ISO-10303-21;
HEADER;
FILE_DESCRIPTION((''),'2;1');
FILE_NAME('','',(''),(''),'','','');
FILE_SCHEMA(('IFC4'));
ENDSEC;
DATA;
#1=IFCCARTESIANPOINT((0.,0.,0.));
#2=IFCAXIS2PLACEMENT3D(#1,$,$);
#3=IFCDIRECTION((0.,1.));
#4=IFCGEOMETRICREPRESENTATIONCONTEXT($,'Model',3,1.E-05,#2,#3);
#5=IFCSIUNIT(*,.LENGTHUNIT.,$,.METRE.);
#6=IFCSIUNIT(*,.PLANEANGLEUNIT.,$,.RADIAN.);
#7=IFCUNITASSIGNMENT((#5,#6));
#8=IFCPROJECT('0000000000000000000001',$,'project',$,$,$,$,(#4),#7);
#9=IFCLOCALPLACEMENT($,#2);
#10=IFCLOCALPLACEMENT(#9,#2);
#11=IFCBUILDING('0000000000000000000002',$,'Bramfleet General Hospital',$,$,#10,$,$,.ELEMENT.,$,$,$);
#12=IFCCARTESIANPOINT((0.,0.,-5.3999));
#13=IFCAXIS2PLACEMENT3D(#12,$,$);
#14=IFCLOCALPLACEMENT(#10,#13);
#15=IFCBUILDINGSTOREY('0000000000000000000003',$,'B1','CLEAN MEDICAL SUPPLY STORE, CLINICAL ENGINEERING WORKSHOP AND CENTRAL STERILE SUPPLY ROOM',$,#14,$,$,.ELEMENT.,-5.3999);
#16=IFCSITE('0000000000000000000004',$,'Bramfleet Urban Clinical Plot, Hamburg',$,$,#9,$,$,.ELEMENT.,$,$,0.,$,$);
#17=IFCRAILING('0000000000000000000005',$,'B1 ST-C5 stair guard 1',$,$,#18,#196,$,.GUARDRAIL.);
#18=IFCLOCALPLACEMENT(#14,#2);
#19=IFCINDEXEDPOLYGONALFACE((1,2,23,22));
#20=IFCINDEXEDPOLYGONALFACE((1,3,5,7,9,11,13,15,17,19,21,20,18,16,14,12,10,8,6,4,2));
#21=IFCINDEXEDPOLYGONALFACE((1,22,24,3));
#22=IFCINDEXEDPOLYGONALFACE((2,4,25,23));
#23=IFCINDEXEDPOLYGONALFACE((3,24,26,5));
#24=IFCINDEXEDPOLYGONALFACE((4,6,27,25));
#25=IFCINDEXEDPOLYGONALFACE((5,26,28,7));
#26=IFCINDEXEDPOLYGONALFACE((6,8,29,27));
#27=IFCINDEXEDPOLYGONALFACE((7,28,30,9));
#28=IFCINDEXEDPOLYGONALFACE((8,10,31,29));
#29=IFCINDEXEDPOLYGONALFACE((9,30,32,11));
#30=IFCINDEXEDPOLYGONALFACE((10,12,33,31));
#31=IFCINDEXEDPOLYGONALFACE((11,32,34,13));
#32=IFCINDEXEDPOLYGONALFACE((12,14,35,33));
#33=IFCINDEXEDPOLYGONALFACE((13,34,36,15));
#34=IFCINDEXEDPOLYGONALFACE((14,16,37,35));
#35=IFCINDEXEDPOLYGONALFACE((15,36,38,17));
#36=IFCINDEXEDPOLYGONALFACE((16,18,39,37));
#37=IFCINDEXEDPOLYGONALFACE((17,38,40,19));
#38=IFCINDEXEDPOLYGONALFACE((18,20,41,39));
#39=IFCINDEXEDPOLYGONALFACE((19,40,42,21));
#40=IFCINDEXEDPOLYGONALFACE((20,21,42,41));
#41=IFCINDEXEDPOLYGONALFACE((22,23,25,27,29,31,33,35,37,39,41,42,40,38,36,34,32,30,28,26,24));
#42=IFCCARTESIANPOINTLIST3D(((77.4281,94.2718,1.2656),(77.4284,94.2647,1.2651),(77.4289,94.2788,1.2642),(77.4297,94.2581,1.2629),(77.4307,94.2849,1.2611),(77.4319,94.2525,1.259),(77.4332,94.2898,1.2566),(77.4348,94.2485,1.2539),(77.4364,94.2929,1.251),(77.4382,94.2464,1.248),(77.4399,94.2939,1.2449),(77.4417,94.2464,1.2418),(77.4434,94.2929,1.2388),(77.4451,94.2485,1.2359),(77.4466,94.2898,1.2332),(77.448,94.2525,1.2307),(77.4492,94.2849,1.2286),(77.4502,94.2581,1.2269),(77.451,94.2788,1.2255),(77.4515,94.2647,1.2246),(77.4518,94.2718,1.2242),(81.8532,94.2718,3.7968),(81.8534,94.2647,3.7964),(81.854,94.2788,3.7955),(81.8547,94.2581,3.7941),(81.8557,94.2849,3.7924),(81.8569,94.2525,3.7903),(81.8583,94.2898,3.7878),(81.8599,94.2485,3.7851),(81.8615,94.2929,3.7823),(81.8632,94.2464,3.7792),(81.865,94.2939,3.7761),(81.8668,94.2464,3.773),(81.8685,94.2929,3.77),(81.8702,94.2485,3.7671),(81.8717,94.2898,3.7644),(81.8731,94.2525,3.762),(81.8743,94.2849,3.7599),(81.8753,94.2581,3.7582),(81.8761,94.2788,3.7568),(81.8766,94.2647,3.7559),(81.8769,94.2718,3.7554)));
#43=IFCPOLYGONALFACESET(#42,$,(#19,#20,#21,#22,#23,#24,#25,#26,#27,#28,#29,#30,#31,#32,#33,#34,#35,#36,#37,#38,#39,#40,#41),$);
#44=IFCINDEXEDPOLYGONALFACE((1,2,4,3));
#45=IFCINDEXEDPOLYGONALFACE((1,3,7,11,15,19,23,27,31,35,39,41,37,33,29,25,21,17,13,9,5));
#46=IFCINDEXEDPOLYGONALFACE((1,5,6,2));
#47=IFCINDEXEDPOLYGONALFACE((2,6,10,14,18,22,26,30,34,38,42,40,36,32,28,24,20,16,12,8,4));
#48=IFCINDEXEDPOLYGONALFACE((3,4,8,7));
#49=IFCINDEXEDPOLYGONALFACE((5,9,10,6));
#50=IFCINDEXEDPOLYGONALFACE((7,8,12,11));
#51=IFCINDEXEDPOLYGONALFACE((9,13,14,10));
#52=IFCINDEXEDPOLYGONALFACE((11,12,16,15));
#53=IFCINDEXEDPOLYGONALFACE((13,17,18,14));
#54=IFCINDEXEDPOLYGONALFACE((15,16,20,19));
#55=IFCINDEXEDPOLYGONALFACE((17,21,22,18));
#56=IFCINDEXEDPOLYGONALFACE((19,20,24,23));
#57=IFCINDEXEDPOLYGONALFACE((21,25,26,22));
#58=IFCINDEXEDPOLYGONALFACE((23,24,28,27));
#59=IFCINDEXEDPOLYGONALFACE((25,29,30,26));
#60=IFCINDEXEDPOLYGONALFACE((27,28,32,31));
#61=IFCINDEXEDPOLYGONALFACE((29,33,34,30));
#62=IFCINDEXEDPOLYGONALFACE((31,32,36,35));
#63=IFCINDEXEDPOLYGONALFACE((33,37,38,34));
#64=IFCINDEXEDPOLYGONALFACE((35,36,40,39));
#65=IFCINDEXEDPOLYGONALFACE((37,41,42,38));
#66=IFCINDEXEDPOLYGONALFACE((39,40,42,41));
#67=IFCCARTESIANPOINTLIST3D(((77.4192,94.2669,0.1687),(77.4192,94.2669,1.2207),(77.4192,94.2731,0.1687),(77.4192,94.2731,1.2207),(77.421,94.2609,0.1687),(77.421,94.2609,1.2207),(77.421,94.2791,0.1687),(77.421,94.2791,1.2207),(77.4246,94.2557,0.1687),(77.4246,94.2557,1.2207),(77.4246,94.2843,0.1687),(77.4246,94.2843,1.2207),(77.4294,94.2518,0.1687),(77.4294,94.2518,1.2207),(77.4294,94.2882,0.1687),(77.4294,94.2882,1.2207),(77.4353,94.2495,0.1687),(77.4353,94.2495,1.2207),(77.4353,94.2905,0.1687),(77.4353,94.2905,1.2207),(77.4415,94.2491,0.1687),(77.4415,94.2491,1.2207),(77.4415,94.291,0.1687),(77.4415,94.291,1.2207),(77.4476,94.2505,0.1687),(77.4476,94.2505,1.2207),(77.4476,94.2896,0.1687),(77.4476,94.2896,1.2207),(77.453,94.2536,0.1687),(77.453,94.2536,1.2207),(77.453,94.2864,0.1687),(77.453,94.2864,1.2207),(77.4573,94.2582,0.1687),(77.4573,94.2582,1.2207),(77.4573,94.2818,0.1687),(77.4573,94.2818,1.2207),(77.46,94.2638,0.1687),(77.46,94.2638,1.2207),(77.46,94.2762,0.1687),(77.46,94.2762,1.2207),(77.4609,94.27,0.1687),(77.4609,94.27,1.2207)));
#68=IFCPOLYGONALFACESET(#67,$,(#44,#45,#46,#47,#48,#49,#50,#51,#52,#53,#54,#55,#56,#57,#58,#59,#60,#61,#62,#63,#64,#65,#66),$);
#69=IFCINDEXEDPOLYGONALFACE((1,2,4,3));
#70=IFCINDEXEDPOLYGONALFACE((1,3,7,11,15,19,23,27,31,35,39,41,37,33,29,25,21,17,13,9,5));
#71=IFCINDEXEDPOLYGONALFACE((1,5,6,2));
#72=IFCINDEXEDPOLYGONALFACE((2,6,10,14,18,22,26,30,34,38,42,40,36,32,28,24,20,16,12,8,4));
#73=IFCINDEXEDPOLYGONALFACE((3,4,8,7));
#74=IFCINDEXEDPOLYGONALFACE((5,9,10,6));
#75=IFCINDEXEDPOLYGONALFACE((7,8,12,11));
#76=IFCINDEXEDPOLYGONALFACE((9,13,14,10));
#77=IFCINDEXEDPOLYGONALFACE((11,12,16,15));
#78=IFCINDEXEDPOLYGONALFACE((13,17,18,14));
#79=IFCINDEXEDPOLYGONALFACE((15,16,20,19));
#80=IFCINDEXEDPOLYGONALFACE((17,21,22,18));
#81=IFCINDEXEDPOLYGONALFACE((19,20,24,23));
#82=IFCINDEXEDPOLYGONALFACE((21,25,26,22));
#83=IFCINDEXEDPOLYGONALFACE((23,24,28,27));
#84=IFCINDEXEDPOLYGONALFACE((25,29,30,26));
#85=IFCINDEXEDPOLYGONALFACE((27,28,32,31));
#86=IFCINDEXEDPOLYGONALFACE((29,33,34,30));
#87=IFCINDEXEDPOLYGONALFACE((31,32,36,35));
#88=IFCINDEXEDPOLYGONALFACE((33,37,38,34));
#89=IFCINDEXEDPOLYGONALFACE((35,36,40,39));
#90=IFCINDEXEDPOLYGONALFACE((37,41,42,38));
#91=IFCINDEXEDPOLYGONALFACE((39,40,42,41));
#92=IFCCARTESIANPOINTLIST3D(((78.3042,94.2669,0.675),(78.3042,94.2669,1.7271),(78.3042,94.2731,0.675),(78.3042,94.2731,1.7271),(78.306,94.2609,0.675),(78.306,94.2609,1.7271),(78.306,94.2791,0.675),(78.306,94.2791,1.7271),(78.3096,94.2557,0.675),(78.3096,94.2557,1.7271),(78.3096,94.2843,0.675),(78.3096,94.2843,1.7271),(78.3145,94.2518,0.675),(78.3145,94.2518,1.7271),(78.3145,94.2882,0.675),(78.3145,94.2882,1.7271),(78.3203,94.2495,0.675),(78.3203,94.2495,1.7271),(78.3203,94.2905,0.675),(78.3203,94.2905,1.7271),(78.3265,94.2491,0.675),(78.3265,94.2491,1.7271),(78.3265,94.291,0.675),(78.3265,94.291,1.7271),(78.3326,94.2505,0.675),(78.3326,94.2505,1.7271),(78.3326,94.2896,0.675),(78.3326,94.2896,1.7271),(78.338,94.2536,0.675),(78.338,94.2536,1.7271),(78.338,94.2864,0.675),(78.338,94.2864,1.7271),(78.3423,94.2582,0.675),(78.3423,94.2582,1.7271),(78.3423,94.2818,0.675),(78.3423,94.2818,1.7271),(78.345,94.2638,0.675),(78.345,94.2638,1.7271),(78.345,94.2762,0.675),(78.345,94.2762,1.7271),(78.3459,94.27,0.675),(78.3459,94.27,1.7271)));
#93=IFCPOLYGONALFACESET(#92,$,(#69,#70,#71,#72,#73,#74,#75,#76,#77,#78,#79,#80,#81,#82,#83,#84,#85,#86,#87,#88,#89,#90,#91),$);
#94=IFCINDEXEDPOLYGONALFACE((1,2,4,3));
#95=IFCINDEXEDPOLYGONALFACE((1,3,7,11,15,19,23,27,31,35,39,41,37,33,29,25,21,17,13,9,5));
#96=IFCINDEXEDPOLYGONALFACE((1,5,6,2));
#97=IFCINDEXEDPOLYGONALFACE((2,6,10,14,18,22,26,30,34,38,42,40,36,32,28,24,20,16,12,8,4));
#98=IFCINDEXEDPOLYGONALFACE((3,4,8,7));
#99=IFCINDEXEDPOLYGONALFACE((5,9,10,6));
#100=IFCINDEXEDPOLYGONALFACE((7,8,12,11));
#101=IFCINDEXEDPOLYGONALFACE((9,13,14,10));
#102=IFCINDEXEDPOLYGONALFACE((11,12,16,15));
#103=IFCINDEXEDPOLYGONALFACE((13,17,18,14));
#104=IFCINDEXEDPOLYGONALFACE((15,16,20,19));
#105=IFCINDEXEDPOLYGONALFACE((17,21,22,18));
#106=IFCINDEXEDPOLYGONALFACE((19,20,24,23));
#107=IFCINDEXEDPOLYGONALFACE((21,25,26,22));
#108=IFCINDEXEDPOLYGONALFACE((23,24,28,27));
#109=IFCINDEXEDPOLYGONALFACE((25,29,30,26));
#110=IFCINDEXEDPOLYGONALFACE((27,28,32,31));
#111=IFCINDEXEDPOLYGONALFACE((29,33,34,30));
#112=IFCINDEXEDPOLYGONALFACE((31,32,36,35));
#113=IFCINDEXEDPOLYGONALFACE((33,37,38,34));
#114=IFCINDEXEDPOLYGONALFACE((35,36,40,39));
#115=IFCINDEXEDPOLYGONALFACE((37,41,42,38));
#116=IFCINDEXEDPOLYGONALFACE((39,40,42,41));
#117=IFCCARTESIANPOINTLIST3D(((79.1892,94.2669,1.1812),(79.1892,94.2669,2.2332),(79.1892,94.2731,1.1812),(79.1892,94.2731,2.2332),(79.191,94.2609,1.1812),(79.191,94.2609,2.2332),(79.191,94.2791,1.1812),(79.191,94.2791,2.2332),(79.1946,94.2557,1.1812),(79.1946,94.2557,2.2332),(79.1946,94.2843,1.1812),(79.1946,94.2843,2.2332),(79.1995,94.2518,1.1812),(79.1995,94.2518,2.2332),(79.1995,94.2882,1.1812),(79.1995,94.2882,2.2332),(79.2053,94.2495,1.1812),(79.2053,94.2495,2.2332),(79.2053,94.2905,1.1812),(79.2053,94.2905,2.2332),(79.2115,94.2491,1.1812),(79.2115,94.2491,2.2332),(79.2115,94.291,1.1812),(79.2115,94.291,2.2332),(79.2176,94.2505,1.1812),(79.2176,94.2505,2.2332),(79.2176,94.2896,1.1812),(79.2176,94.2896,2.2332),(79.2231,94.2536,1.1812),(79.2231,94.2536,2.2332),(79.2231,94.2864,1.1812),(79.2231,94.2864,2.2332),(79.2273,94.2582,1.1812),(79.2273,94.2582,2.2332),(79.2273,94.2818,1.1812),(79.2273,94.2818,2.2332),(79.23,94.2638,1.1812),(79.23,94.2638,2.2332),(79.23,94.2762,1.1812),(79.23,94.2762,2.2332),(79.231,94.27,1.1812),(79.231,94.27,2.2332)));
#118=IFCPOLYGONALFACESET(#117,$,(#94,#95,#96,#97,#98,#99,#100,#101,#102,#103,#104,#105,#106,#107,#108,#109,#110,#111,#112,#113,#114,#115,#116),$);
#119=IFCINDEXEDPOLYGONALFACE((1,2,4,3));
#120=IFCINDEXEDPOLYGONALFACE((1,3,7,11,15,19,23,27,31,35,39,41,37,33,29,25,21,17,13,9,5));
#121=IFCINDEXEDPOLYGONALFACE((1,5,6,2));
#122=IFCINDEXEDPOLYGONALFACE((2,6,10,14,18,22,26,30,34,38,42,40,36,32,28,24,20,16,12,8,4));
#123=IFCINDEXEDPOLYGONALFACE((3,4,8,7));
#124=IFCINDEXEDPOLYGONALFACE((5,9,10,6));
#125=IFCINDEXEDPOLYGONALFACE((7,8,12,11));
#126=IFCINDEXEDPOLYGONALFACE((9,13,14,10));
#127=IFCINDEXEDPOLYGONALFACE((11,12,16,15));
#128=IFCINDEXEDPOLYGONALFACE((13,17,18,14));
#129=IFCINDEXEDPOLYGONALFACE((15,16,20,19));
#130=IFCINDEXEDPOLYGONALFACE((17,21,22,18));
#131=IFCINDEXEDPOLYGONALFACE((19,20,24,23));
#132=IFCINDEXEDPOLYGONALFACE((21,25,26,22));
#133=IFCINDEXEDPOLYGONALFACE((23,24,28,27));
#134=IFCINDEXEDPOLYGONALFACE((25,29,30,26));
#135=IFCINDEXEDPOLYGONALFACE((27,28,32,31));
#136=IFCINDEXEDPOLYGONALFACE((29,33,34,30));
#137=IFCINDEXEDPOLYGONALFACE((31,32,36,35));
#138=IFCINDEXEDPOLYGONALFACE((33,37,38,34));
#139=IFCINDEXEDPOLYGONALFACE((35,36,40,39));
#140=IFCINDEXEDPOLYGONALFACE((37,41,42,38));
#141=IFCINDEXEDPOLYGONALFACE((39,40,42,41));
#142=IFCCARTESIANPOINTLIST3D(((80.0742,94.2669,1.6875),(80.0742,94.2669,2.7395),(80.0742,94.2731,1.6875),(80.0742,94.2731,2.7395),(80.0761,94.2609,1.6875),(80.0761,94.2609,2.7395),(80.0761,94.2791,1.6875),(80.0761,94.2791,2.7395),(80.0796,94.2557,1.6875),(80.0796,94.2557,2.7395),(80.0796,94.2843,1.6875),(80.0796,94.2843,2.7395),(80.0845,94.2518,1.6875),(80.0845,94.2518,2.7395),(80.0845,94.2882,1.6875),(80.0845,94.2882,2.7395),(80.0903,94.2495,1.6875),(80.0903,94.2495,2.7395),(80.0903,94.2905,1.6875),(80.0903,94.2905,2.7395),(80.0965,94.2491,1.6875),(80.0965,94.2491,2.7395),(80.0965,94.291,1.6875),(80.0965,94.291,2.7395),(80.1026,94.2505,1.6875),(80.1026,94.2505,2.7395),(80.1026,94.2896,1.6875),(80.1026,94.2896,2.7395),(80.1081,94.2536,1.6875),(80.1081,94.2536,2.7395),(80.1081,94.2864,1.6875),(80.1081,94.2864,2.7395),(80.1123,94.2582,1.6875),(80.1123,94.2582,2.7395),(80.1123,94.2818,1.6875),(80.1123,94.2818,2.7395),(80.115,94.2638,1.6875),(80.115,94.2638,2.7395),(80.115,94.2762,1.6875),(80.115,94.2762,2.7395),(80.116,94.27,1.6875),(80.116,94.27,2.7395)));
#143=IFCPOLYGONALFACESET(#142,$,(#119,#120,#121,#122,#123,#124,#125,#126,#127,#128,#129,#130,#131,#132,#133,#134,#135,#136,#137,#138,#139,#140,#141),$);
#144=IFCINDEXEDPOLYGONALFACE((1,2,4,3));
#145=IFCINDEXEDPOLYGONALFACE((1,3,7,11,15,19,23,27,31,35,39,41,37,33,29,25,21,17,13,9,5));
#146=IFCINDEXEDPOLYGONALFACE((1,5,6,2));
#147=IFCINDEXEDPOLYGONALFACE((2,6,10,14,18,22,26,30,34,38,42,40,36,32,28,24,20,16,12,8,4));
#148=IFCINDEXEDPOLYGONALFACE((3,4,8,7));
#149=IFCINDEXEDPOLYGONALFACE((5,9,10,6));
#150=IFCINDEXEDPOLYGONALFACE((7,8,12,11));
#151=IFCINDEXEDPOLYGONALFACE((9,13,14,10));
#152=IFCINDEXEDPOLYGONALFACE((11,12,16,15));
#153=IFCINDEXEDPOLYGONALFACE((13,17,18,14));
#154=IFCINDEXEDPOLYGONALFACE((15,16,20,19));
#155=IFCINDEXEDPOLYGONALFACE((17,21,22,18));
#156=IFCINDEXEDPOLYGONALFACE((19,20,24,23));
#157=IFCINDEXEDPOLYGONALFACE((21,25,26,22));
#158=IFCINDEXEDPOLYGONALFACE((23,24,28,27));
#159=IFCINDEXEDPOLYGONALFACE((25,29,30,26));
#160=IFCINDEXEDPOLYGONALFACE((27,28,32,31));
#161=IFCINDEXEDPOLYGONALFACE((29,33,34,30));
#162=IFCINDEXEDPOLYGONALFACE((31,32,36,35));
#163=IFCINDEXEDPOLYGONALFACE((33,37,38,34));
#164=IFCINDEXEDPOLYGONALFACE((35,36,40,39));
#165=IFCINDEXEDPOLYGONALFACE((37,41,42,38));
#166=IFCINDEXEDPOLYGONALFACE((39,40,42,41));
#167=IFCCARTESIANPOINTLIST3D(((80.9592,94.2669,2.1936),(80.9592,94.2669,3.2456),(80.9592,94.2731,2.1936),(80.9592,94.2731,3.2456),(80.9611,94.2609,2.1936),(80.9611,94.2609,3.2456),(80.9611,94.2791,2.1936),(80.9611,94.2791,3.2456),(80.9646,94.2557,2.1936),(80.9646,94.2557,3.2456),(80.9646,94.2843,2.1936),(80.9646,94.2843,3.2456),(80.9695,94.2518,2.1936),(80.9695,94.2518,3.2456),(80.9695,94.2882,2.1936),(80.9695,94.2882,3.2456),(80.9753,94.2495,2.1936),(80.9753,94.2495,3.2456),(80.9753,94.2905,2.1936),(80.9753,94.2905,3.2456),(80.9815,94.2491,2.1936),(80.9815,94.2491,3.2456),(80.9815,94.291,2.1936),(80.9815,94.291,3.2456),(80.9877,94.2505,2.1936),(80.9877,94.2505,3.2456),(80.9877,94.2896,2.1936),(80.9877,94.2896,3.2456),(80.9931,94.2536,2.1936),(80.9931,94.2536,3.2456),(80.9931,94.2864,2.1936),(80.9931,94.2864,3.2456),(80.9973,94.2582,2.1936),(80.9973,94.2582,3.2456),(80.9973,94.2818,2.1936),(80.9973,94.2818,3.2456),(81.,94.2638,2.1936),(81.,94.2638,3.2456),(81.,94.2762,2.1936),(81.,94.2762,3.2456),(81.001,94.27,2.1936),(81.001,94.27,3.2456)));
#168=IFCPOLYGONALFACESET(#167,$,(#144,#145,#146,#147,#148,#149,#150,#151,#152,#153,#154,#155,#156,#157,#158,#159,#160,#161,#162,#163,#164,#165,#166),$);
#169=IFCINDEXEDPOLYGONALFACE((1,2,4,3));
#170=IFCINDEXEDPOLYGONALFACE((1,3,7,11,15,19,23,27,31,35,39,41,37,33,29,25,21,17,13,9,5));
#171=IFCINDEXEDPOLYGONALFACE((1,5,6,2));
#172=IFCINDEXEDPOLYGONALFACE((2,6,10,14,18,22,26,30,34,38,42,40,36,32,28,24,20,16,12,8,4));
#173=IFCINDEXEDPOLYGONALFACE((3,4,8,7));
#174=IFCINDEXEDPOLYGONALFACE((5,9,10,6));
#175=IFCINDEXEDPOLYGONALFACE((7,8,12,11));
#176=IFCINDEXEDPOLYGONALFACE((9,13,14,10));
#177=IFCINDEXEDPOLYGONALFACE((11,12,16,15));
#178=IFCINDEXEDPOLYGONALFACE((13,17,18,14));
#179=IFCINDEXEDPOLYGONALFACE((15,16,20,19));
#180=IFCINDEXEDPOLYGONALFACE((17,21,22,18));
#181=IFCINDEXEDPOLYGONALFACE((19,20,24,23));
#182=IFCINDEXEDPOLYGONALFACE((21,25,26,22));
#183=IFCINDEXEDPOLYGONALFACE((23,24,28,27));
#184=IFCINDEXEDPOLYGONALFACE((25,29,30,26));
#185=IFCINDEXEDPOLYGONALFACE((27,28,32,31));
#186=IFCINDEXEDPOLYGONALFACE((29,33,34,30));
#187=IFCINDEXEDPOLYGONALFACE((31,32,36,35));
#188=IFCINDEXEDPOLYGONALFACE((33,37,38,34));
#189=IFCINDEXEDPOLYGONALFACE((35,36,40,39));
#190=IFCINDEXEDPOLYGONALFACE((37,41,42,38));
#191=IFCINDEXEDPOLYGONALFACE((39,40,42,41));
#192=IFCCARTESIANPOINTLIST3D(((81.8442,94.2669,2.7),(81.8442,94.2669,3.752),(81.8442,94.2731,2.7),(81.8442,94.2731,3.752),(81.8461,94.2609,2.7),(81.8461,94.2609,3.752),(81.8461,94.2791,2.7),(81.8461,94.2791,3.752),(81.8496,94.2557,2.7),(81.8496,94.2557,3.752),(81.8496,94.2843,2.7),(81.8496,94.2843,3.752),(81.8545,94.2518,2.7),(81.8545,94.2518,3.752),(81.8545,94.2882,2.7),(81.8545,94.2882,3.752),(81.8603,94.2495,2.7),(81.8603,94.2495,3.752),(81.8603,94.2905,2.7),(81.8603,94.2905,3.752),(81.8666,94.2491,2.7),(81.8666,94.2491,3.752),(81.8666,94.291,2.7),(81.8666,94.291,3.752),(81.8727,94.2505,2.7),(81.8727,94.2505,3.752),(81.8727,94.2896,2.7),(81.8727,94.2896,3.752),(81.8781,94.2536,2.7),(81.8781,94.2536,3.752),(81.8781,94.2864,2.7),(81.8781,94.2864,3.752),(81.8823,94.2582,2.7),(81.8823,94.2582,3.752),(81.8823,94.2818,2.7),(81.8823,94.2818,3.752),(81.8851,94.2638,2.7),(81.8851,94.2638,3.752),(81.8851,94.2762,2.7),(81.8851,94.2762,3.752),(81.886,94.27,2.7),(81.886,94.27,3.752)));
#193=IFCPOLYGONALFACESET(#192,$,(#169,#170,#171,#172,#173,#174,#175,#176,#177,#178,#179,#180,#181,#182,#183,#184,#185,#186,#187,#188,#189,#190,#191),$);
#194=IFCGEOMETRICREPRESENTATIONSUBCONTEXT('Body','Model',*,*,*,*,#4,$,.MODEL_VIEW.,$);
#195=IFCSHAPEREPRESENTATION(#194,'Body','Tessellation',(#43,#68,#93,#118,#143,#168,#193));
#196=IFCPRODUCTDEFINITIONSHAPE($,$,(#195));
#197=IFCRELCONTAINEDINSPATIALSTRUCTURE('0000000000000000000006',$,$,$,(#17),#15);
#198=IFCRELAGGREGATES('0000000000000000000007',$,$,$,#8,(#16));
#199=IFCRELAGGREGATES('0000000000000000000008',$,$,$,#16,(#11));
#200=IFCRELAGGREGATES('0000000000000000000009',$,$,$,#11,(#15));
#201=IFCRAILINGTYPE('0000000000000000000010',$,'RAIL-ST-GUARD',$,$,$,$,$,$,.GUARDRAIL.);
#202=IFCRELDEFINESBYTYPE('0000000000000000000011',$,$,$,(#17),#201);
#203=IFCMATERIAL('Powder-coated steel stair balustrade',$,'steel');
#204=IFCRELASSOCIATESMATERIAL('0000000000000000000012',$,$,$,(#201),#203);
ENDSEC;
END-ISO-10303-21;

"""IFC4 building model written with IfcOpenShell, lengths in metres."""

from ifc_helpers import new_model, si_unit, direction, frame, origin, origin_2d, place, context, subcontext, project, spatial, circle, extrude, material, type_object, element, save


model = new_model("IFC4")

# Units and contexts
model_context = context("Model", 3, precision=1e-05, world=origin(), true_north=direction((0.0, 1.0)))
body_context = subcontext(model_context, "Body", "Model", "MODEL_VIEW")
ifc_project = project(units=[si_unit("LENGTHUNIT", "METRE"), si_unit("PLANEANGLEUNIT", "RADIAN")], contexts=[model_context])

# Site, building, storey
site_placement = place(None, origin())
site = spatial("IfcSite", under=ifc_project, at=site_placement, Name="Bramfleet Urban Clinical Plot, Hamburg", CompositionType="ELEMENT", RefElevation=0.0)
building_placement = place(site_placement, origin())
building = spatial("IfcBuilding", under=site, at=building_placement, Name="Bramfleet General Hospital", CompositionType="ELEMENT")
storey_placement = place(building_placement, frame((0.0, 0.0, -5.3999)))
storey = spatial("IfcBuildingStorey", under=building, at=storey_placement, Name="B1", Description="CLEAN MEDICAL SUPPLY STORE, CLINICAL ENGINEERING WORKSHOP AND CENTRAL STERILE SUPPLY ROOM", CompositionType="ELEMENT", Elevation=-5.3999)

# Railing
ifc_material_1 = material(Name="Powder-coated steel stair balustrade", Category="steel")
railing_type_1 = type_object("IfcRailingType", Name="RAIL-ST-GUARD", PredefinedType="GUARDRAIL", material=ifc_material_1)
railing_1_placement = place(storey_placement, frame((77.4399, 94.27, 0.1687)))
element("IfcRailing", 1, at=railing_1_placement, inside=storey, type_object=railing_type_1, Name="B1 ST-C5 stair guard 1", PredefinedType="GUARDRAIL", context=body_context, shape_type="SweptSolid", body=[
    extrude(circle(Radius=0.0239, at=origin_2d()), frame((0.0, 0.0, 1.0762), z_axis=(0.868019, 0.0, 0.496531), x_axis=(0.0, 1.0, 0.0)), (0.0, 0.0, 1.0), 5.0979),
    extrude(circle(Radius=0.021, at=origin_2d()), origin(), (0.0, 0.0, 1.0), 1.052),
    extrude(circle(Radius=0.021, at=origin_2d()), frame((0.885, 0.0, 0.5063)), (0.0, 0.0, 1.0), 1.052),
    extrude(circle(Radius=0.021, at=origin_2d()), frame((1.77, 0.0, 1.0125)), (0.0, 0.0, 1.0), 1.052),
    extrude(circle(Radius=0.021, at=origin_2d()), frame((2.655, 0.0, 1.5188)), (0.0, 0.0, 1.0), 1.052),
    extrude(circle(Radius=0.021, at=origin_2d()), frame((3.54, 0.0, 2.0249)), (0.0, 0.0, 1.0), 1.052),
    extrude(circle(Radius=0.021, at=origin_2d()), frame((4.425, 0.0, 2.5312)), (0.0, 0.0, 1.0), 1.052),
])

save(model, "model.ifc")
